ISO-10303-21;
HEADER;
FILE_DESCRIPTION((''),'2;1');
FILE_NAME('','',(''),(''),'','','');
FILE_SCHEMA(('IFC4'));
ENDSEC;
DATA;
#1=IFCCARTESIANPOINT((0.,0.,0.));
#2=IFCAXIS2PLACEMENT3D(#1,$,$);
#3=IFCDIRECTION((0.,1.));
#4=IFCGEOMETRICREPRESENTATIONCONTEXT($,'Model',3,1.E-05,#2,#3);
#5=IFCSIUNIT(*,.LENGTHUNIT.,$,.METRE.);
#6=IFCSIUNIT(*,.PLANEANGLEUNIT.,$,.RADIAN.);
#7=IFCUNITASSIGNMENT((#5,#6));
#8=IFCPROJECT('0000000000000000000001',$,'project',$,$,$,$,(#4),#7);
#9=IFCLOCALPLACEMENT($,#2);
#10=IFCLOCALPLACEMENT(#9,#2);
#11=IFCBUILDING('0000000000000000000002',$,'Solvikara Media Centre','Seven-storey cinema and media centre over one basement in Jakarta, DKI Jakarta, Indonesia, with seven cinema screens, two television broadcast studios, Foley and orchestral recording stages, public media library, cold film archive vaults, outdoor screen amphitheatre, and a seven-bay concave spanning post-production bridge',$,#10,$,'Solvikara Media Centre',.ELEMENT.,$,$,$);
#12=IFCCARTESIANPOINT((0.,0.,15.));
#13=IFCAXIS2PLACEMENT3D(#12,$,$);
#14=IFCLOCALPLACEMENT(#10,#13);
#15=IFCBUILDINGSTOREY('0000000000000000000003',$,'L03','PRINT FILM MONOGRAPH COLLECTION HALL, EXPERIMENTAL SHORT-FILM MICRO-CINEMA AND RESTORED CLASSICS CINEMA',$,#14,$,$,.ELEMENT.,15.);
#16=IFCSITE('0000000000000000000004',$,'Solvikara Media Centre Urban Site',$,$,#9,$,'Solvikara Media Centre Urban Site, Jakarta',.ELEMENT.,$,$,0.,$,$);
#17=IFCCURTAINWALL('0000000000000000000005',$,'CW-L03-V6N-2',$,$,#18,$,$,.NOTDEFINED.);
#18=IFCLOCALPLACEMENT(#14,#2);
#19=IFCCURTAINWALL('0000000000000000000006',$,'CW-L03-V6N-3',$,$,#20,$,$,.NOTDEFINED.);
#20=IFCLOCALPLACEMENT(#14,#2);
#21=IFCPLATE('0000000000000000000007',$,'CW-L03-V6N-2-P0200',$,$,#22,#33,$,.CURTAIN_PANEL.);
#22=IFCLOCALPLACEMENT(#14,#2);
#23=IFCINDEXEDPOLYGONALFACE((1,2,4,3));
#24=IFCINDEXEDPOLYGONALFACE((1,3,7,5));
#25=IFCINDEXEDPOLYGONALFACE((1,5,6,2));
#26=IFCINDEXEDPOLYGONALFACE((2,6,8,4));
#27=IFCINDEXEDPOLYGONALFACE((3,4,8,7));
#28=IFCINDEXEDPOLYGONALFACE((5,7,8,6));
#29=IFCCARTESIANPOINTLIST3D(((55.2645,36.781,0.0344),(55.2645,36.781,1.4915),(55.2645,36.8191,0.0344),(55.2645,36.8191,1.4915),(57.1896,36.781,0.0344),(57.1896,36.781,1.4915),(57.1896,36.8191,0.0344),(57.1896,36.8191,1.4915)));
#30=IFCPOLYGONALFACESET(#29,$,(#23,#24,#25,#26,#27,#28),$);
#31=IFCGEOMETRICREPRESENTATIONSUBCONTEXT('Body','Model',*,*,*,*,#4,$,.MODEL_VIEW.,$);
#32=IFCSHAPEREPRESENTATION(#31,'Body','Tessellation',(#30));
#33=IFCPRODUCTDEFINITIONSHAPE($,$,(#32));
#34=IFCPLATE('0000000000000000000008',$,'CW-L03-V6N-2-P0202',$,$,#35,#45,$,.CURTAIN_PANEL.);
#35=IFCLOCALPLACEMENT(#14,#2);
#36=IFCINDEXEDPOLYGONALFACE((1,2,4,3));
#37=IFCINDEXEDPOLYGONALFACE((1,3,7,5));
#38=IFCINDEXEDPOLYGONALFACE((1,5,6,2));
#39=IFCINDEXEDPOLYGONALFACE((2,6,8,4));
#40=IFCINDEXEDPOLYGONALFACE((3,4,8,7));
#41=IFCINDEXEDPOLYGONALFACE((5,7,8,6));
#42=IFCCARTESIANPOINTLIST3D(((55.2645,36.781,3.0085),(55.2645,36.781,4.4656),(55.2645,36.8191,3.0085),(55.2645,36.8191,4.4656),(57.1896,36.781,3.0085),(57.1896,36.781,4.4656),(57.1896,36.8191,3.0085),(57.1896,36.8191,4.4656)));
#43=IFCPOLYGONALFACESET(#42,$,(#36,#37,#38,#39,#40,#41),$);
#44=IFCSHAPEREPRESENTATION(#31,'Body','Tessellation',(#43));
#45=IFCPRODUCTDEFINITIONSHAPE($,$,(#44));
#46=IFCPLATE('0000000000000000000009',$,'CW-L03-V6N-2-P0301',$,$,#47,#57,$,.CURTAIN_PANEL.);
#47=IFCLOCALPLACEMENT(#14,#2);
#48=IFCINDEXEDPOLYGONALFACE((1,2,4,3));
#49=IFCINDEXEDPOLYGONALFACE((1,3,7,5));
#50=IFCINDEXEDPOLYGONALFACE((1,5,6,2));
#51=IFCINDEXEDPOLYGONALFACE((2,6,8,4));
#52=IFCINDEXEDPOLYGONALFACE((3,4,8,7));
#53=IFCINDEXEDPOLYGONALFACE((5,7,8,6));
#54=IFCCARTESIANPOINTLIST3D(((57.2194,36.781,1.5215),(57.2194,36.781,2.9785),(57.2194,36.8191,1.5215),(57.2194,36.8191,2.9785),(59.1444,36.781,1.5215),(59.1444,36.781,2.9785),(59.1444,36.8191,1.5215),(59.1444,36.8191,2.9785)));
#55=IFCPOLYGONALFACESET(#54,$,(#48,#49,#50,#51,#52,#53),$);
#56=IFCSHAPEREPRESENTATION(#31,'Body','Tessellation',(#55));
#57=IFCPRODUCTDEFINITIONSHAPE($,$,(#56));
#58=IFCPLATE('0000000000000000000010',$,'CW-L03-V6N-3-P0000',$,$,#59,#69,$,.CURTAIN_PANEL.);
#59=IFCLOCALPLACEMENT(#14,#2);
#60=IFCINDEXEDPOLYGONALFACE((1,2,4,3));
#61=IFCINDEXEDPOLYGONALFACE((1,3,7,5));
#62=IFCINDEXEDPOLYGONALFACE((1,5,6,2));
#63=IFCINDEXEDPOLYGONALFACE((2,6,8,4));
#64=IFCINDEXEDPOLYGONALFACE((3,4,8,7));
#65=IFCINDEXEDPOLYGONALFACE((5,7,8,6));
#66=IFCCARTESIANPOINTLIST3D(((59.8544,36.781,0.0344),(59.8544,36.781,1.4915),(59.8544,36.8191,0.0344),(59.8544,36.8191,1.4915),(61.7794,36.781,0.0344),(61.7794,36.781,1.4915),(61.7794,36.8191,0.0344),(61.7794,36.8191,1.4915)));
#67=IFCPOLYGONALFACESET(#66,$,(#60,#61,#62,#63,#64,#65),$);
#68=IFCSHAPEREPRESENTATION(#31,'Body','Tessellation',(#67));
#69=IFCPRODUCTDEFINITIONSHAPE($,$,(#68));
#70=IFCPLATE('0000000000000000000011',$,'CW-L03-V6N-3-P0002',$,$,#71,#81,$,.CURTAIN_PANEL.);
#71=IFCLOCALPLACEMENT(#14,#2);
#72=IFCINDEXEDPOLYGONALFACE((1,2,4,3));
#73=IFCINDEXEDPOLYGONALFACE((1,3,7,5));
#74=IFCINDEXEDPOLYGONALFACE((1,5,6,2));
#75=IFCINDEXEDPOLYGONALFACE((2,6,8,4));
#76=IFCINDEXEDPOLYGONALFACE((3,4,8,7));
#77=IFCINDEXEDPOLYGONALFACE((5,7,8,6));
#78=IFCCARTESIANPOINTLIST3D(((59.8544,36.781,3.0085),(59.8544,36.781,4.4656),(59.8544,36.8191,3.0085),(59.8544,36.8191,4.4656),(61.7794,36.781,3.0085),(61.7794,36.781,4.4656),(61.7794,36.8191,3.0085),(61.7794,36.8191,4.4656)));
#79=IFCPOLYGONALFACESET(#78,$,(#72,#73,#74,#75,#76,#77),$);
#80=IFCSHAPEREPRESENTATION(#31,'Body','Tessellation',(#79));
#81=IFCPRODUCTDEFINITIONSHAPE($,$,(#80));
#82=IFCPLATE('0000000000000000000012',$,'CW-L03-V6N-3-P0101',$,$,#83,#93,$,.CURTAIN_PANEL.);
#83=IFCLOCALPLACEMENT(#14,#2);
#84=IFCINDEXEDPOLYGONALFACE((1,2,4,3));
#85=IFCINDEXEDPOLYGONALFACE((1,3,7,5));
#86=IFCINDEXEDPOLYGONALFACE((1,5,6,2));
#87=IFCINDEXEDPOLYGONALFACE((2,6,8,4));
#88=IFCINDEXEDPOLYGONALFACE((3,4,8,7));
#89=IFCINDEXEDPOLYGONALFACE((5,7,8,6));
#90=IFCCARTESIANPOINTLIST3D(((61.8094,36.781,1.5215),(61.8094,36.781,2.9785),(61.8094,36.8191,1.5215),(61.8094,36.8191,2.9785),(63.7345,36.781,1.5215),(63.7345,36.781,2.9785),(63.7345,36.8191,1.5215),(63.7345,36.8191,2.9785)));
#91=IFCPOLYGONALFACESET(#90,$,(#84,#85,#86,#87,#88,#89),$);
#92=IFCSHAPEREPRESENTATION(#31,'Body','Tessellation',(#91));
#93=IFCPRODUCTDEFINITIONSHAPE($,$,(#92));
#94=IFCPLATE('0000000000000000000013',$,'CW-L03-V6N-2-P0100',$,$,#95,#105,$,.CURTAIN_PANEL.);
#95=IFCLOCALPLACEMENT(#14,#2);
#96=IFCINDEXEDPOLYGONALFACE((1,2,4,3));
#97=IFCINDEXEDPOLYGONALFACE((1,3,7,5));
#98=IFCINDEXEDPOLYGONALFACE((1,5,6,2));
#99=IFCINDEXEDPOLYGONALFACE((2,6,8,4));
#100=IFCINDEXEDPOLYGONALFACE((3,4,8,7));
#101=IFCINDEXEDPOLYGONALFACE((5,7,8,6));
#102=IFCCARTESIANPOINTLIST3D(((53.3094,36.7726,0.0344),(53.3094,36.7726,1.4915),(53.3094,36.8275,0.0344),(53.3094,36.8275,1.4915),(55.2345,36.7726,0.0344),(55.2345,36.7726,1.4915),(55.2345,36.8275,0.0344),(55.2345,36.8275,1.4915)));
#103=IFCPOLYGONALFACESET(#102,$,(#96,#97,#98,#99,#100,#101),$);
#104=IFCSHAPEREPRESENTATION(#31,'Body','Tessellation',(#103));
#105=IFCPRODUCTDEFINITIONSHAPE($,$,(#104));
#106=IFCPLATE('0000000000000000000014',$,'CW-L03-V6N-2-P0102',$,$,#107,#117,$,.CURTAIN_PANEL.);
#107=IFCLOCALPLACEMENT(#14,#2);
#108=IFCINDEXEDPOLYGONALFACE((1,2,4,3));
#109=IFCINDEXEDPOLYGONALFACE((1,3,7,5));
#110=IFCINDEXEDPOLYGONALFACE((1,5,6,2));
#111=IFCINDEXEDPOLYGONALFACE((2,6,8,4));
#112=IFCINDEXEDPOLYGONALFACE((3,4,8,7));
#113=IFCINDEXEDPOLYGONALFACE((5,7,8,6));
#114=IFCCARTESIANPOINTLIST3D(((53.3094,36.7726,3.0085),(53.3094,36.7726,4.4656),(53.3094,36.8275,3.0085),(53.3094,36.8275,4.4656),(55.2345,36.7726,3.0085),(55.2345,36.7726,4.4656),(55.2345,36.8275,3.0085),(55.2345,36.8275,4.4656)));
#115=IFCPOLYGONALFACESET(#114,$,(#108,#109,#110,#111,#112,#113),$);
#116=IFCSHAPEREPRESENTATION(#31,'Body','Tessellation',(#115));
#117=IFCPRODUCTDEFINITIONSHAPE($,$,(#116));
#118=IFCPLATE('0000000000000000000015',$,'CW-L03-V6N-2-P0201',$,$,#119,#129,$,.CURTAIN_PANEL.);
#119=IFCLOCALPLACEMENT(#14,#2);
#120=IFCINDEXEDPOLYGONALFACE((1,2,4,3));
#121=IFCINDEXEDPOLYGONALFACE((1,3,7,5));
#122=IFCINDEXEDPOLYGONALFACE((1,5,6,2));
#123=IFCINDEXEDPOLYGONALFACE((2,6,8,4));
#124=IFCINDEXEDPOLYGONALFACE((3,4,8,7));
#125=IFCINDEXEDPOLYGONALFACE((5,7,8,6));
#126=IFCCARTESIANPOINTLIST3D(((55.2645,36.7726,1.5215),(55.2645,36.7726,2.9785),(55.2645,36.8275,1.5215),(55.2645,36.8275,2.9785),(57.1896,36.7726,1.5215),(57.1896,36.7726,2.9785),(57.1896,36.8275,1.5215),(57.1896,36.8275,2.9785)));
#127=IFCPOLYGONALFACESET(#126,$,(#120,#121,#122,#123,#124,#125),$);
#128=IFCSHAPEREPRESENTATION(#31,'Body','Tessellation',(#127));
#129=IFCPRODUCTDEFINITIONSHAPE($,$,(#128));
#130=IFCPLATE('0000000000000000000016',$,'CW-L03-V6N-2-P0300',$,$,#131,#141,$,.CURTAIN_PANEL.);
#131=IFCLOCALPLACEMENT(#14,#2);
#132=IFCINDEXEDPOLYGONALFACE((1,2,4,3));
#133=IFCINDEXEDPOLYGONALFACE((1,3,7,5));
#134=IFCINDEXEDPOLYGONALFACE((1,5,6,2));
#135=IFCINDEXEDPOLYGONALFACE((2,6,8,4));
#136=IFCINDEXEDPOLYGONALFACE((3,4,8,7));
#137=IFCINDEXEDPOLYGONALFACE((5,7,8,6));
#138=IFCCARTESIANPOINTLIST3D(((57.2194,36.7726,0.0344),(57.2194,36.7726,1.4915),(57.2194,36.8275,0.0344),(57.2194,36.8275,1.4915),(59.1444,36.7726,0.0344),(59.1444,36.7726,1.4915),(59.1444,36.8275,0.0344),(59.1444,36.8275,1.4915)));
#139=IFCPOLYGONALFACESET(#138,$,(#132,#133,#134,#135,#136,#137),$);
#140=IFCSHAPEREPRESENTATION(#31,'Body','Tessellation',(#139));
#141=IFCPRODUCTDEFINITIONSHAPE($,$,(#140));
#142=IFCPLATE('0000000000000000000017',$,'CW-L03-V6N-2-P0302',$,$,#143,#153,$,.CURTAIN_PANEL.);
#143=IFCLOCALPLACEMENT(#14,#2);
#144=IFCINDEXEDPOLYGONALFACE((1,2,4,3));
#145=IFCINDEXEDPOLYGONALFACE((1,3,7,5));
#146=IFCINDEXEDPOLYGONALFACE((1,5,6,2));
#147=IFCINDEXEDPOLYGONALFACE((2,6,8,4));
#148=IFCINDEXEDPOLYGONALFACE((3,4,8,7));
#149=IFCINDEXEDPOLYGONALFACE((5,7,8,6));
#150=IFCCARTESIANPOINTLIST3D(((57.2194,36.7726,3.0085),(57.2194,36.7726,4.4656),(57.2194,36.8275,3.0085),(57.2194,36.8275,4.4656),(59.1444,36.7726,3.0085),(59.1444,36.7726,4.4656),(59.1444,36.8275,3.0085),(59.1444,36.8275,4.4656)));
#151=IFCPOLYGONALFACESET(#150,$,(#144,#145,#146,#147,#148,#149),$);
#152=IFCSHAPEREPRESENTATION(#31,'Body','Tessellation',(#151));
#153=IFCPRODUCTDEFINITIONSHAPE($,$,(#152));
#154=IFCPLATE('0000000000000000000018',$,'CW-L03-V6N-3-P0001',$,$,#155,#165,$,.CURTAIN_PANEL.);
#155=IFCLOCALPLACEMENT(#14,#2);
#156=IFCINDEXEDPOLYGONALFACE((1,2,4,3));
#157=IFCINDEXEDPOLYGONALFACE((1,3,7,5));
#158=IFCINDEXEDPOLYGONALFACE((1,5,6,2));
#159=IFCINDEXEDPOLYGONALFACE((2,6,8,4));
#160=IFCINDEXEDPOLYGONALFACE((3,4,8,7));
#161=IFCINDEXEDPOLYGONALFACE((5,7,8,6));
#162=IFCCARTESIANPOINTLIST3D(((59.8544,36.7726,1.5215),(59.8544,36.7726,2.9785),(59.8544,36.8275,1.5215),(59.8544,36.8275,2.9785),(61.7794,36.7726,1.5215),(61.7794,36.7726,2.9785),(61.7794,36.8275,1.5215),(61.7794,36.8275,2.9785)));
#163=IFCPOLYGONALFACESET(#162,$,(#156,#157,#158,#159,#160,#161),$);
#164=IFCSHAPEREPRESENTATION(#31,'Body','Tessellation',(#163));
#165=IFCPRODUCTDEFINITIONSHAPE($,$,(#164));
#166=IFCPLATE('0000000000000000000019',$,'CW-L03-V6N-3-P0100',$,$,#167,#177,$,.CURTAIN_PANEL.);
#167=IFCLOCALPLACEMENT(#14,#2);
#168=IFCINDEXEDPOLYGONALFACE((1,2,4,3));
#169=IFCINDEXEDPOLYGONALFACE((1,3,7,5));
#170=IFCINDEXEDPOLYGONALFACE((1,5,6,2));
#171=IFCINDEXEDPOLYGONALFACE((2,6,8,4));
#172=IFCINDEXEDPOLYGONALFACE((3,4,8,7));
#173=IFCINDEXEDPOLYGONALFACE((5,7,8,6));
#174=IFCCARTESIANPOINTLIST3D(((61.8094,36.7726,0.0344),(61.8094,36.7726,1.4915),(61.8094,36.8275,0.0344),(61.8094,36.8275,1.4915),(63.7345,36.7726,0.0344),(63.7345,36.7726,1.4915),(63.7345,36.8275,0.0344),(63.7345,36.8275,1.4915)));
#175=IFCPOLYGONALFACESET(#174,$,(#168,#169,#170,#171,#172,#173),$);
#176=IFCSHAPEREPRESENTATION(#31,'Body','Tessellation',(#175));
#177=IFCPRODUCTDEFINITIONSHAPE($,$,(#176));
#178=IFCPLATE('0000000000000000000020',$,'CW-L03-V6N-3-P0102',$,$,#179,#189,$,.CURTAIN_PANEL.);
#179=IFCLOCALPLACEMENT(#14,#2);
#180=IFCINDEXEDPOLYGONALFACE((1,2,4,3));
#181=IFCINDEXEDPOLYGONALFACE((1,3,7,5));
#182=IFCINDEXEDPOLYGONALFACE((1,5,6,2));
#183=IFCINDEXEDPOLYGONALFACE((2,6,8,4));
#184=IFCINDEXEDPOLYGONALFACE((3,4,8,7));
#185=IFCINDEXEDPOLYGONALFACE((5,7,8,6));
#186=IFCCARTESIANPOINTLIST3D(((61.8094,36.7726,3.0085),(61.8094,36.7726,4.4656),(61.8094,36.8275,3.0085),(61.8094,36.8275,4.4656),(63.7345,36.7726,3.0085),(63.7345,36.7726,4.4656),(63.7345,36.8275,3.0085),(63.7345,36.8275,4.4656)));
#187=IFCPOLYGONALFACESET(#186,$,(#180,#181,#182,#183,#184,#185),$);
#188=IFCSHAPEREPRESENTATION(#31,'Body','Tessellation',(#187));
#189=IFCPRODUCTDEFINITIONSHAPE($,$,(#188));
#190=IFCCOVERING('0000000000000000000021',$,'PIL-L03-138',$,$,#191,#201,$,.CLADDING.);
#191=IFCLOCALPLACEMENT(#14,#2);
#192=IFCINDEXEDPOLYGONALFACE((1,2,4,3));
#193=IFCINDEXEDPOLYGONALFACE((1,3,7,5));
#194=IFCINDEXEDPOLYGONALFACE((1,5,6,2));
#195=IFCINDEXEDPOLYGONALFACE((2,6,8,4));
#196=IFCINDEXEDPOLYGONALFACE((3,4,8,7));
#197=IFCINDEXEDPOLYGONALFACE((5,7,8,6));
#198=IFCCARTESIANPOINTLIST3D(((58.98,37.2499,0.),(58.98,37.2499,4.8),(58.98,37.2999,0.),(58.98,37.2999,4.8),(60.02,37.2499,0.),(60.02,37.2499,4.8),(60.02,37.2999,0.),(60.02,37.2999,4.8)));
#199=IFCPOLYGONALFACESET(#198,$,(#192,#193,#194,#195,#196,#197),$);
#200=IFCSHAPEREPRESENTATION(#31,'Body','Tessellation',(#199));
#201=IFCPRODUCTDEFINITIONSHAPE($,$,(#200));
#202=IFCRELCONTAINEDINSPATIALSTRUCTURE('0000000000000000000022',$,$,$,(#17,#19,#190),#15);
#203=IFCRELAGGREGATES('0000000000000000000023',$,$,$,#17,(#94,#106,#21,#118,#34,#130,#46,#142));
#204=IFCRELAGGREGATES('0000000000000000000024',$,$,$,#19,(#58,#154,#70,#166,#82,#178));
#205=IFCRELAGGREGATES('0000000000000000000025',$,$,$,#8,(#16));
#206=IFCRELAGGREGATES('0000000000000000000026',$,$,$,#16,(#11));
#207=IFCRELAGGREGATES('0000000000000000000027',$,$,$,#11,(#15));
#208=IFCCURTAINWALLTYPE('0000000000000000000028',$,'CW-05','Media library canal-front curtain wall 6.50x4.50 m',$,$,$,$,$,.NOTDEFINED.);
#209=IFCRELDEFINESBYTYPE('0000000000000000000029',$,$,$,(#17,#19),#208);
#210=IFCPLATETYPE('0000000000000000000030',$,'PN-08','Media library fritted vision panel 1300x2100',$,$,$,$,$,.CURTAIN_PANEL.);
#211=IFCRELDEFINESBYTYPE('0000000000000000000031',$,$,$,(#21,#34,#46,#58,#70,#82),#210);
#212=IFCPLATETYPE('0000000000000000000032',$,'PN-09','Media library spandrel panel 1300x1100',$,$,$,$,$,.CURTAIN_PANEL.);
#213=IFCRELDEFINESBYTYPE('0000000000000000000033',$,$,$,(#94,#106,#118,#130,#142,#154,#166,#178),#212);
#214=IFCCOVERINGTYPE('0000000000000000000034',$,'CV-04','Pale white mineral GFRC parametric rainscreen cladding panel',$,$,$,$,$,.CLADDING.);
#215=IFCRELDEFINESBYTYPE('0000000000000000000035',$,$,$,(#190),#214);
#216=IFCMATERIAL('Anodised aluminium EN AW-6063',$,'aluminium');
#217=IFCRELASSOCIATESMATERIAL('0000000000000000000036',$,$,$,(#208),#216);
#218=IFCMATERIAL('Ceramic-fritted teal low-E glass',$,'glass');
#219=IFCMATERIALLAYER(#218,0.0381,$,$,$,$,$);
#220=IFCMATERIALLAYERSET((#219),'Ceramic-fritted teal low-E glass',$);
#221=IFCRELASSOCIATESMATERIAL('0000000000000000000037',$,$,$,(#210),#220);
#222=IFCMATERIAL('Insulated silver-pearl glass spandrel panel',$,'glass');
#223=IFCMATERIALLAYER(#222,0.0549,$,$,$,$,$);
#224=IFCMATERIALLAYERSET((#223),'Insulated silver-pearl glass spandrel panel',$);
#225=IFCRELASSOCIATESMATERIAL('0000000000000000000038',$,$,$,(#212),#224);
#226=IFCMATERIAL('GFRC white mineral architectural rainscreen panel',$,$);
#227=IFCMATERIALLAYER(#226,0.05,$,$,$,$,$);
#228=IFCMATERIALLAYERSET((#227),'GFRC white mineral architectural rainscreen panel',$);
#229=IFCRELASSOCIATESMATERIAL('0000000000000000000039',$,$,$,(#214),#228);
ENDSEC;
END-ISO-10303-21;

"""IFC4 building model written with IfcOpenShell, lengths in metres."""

from ifc_helpers import new_model, si_unit, direction, frame, origin, origin_2d, place, context, subcontext, project, spatial, rectangle, extrude, material, layer, layer_set, type_object, element, aggregate, save


model = new_model("IFC4")

# Units and contexts
model_context = context("Model", 3, precision=1e-05, world=origin(), true_north=direction((0.0, 1.0)))
body_context = subcontext(model_context, "Body", "Model", "MODEL_VIEW")
ifc_project = project(units=[si_unit("LENGTHUNIT", "METRE"), si_unit("PLANEANGLEUNIT", "RADIAN")], contexts=[model_context])

# Site, building, storey
site_placement = place(None, origin())
site = spatial("IfcSite", under=ifc_project, at=site_placement, Name="Solvikara Media Centre Urban Site", LongName="Solvikara Media Centre Urban Site, Jakarta", CompositionType="ELEMENT", RefElevation=0.0)
building_placement = place(site_placement, origin())
building = spatial("IfcBuilding", under=site, at=building_placement, Name="Solvikara Media Centre", Description="Seven-storey cinema and media centre over one basement in Jakarta, DKI Jakarta, Indonesia, with seven cinema screens, two television broadcast studios, Foley and orchestral recording stages, public media library, cold film archive vaults, outdoor screen amphitheatre, and a seven-bay concave spanning post-production bridge", LongName="Solvikara Media Centre", CompositionType="ELEMENT")
storey_placement = place(building_placement, frame((0.0, 0.0, 15.0)))
storey = spatial("IfcBuildingStorey", under=building, at=storey_placement, Name="L03", Description="PRINT FILM MONOGRAPH COLLECTION HALL, EXPERIMENTAL SHORT-FILM MICRO-CINEMA AND RESTORED CLASSICS CINEMA", CompositionType="ELEMENT", Elevation=15.0)

# Curtain walls
ifc_material_1 = material(Name="Anodised aluminium EN AW-6063", Category="aluminium")
curtain_wall_type = type_object("IfcCurtainWallType", Name="CW-05", Description="Media library canal-front curtain wall 6.50x4.50 m", PredefinedType="NOTDEFINED", material=ifc_material_1)
curtain_wall_1_placement = place(storey_placement, origin())
curtain_wall_1 = element("IfcCurtainWall", 1, at=curtain_wall_1_placement, inside=storey, type_object=curtain_wall_type, Name="CW-L03-V6N-2", PredefinedType="NOTDEFINED")
curtain_wall_2_placement = place(storey_placement, origin())
curtain_wall_2 = element("IfcCurtainWall", 2, at=curtain_wall_2_placement, inside=storey, type_object=curtain_wall_type, Name="CW-L03-V6N-3", PredefinedType="NOTDEFINED")

# Plates
ifc_material_2 = material(Name="Ceramic-fritted teal low-E glass", Category="glass")
ifc_layer_1 = layer(ifc_material_2, 0.0381)
ifc_layer_set_1 = layer_set([ifc_layer_1], Name="Ceramic-fritted teal low-E glass")
plate_type_1 = type_object("IfcPlateType", Name="PN-08", Description="Media library fritted vision panel 1300x2100", PredefinedType="CURTAIN_PANEL", material=ifc_layer_set_1)
plate_1_placement = place(storey_placement, frame((56.2271, 36.8, 0.0344), z_axis=(0.0, 0.0, 1.0), x_axis=(1.0, 0.0, 0.0)))
plate_1 = element("IfcPlate", 3, at=plate_1_placement, type_object=plate_type_1, Name="CW-L03-V6N-2-P0200", PredefinedType="CURTAIN_PANEL", context=body_context, shape_type="SweptSolid", body=[
    extrude(rectangle(XDim=1.925, YDim=0.0381, at=origin_2d()), origin(), (0.0, 0.0, 1.0), 1.457),
])
plate_2_placement = place(storey_placement, frame((56.2271, 36.8, 3.0085), z_axis=(0.0, 0.0, 1.0), x_axis=(1.0, 0.0, 0.0)))
plate_2 = element("IfcPlate", 4, at=plate_2_placement, type_object=plate_type_1, Name="CW-L03-V6N-2-P0202", PredefinedType="CURTAIN_PANEL", context=body_context, shape_type="SweptSolid", body=[
    extrude(rectangle(XDim=1.925, YDim=0.0381, at=origin_2d()), origin(), (0.0, 0.0, 1.0), 1.457),
])
plate_3_placement = place(storey_placement, frame((58.1819, 36.8, 1.5215), z_axis=(0.0, 0.0, 1.0), x_axis=(1.0, 0.0, 0.0)))
plate_3 = element("IfcPlate", 5, at=plate_3_placement, type_object=plate_type_1, Name="CW-L03-V6N-2-P0301", PredefinedType="CURTAIN_PANEL", context=body_context, shape_type="SweptSolid", body=[
    extrude(rectangle(XDim=1.925, YDim=0.0381, at=origin_2d()), origin(), (0.0, 0.0, 1.0), 1.457),
])
plate_4_placement = place(storey_placement, frame((60.8169, 36.8, 0.0344), z_axis=(0.0, 0.0, 1.0), x_axis=(1.0, 0.0, 0.0)))
plate_4 = element("IfcPlate", 6, at=plate_4_placement, type_object=plate_type_1, Name="CW-L03-V6N-3-P0000", PredefinedType="CURTAIN_PANEL", context=body_context, shape_type="SweptSolid", body=[
    extrude(rectangle(XDim=1.925, YDim=0.0381, at=origin_2d()), origin(), (0.0, 0.0, 1.0), 1.457),
])
plate_5_placement = place(storey_placement, frame((60.8169, 36.8, 3.0085), z_axis=(0.0, 0.0, 1.0), x_axis=(1.0, 0.0, 0.0)))
plate_5 = element("IfcPlate", 7, at=plate_5_placement, type_object=plate_type_1, Name="CW-L03-V6N-3-P0002", PredefinedType="CURTAIN_PANEL", context=body_context, shape_type="SweptSolid", body=[
    extrude(rectangle(XDim=1.925, YDim=0.0381, at=origin_2d()), origin(), (0.0, 0.0, 1.0), 1.457),
])
plate_6_placement = place(storey_placement, frame((62.772, 36.8, 1.5215), z_axis=(0.0, 0.0, 1.0), x_axis=(1.0, 0.0, 0.0)))
plate_6 = element("IfcPlate", 8, at=plate_6_placement, type_object=plate_type_1, Name="CW-L03-V6N-3-P0101", PredefinedType="CURTAIN_PANEL", context=body_context, shape_type="SweptSolid", body=[
    extrude(rectangle(XDim=1.925, YDim=0.0381, at=origin_2d()), origin(), (0.0, 0.0, 1.0), 1.457),
])
ifc_material_3 = material(Name="Insulated silver-pearl glass spandrel panel", Category="glass")
ifc_layer_2 = layer(ifc_material_3, 0.0549)
ifc_layer_set_2 = layer_set([ifc_layer_2], Name="Insulated silver-pearl glass spandrel panel")
plate_type_2 = type_object("IfcPlateType", Name="PN-09", Description="Media library spandrel panel 1300x1100", PredefinedType="CURTAIN_PANEL", material=ifc_layer_set_2)
plate_7_placement = place(storey_placement, frame((54.272, 36.8, 0.0344), z_axis=(0.0, 0.0, 1.0), x_axis=(1.0, 0.0, 0.0)))
plate_7 = element("IfcPlate", 9, at=plate_7_placement, type_object=plate_type_2, Name="CW-L03-V6N-2-P0100", PredefinedType="CURTAIN_PANEL", context=body_context, shape_type="SweptSolid", body=[
    extrude(rectangle(XDim=1.925, YDim=0.0549, at=origin_2d()), origin(), (0.0, 0.0, 1.0), 1.457),
])
plate_8_placement = place(storey_placement, frame((54.272, 36.8, 3.0085), z_axis=(0.0, 0.0, 1.0), x_axis=(1.0, 0.0, 0.0)))
plate_8 = element("IfcPlate", 10, at=plate_8_placement, type_object=plate_type_2, Name="CW-L03-V6N-2-P0102", PredefinedType="CURTAIN_PANEL", context=body_context, shape_type="SweptSolid", body=[
    extrude(rectangle(XDim=1.925, YDim=0.0549, at=origin_2d()), origin(), (0.0, 0.0, 1.0), 1.457),
])
plate_9_placement = place(storey_placement, frame((56.2271, 36.8, 1.5215), z_axis=(0.0, 0.0, 1.0), x_axis=(1.0, 0.0, 0.0)))
plate_9 = element("IfcPlate", 11, at=plate_9_placement, type_object=plate_type_2, Name="CW-L03-V6N-2-P0201", PredefinedType="CURTAIN_PANEL", context=body_context, shape_type="SweptSolid", body=[
    extrude(rectangle(XDim=1.925, YDim=0.0549, at=origin_2d()), origin(), (0.0, 0.0, 1.0), 1.457),
])
plate_10_placement = place(storey_placement, frame((58.1819, 36.8, 0.0344), z_axis=(0.0, 0.0, 1.0), x_axis=(1.0, 0.0, 0.0)))
plate_10 = element("IfcPlate", 12, at=plate_10_placement, type_object=plate_type_2, Name="CW-L03-V6N-2-P0300", PredefinedType="CURTAIN_PANEL", context=body_context, shape_type="SweptSolid", body=[
    extrude(rectangle(XDim=1.925, YDim=0.0549, at=origin_2d()), origin(), (0.0, 0.0, 1.0), 1.457),
])
plate_11_placement = place(storey_placement, frame((58.1819, 36.8, 3.0085), z_axis=(0.0, 0.0, 1.0), x_axis=(1.0, 0.0, 0.0)))
plate_11 = element("IfcPlate", 13, at=plate_11_placement, type_object=plate_type_2, Name="CW-L03-V6N-2-P0302", PredefinedType="CURTAIN_PANEL", context=body_context, shape_type="SweptSolid", body=[
    extrude(rectangle(XDim=1.925, YDim=0.0549, at=origin_2d()), origin(), (0.0, 0.0, 1.0), 1.457),
])
aggregate(curtain_wall_1, [plate_7, plate_8, plate_1, plate_9, plate_2, plate_10, plate_3, plate_11])
plate_12_placement = place(storey_placement, frame((60.8169, 36.8, 1.5215), z_axis=(0.0, 0.0, 1.0), x_axis=(1.0, 0.0, 0.0)))
plate_12 = element("IfcPlate", 14, at=plate_12_placement, type_object=plate_type_2, Name="CW-L03-V6N-3-P0001", PredefinedType="CURTAIN_PANEL", context=body_context, shape_type="SweptSolid", body=[
    extrude(rectangle(XDim=1.925, YDim=0.0549, at=origin_2d()), origin(), (0.0, 0.0, 1.0), 1.457),
])
plate_13_placement = place(storey_placement, frame((62.772, 36.8, 0.0344), z_axis=(0.0, 0.0, 1.0), x_axis=(1.0, 0.0, 0.0)))
plate_13 = element("IfcPlate", 15, at=plate_13_placement, type_object=plate_type_2, Name="CW-L03-V6N-3-P0100", PredefinedType="CURTAIN_PANEL", context=body_context, shape_type="SweptSolid", body=[
    extrude(rectangle(XDim=1.925, YDim=0.0549, at=origin_2d()), origin(), (0.0, 0.0, 1.0), 1.457),
])
plate_14_placement = place(storey_placement, frame((62.772, 36.8, 3.0085), z_axis=(0.0, 0.0, 1.0), x_axis=(1.0, 0.0, 0.0)))
plate_14 = element("IfcPlate", 16, at=plate_14_placement, type_object=plate_type_2, Name="CW-L03-V6N-3-P0102", PredefinedType="CURTAIN_PANEL", context=body_context, shape_type="SweptSolid", body=[
    extrude(rectangle(XDim=1.925, YDim=0.0549, at=origin_2d()), origin(), (0.0, 0.0, 1.0), 1.457),
])
aggregate(curtain_wall_2, [plate_4, plate_12, plate_5, plate_13, plate_6, plate_14])

# Covering
ifc_material_4 = material(Name="GFRC white mineral architectural rainscreen panel")
ifc_layer_3 = layer(ifc_material_4, 0.05)
ifc_layer_set_3 = layer_set([ifc_layer_3], Name="GFRC white mineral architectural rainscreen panel")
covering_type = type_object("IfcCoveringType", Name="CV-04", Description="Pale white mineral GFRC parametric rainscreen cladding panel", PredefinedType="CLADDING", material=ifc_layer_set_3)
covering_placement = place(storey_placement, frame((59.5, 37.2749, 0.0), z_axis=(0.0, 0.0, 1.0), x_axis=(-1.0, 0.0, 0.0)))
element("IfcCovering", 17, at=covering_placement, inside=storey, type_object=covering_type, Name="PIL-L03-138", PredefinedType="CLADDING", context=body_context, shape_type="SweptSolid", body=[
    extrude(rectangle(XDim=1.04, YDim=0.05, at=origin_2d()), origin(), (0.0, 0.0, 1.0), 4.8),
])

save(model, "model.ifc")
